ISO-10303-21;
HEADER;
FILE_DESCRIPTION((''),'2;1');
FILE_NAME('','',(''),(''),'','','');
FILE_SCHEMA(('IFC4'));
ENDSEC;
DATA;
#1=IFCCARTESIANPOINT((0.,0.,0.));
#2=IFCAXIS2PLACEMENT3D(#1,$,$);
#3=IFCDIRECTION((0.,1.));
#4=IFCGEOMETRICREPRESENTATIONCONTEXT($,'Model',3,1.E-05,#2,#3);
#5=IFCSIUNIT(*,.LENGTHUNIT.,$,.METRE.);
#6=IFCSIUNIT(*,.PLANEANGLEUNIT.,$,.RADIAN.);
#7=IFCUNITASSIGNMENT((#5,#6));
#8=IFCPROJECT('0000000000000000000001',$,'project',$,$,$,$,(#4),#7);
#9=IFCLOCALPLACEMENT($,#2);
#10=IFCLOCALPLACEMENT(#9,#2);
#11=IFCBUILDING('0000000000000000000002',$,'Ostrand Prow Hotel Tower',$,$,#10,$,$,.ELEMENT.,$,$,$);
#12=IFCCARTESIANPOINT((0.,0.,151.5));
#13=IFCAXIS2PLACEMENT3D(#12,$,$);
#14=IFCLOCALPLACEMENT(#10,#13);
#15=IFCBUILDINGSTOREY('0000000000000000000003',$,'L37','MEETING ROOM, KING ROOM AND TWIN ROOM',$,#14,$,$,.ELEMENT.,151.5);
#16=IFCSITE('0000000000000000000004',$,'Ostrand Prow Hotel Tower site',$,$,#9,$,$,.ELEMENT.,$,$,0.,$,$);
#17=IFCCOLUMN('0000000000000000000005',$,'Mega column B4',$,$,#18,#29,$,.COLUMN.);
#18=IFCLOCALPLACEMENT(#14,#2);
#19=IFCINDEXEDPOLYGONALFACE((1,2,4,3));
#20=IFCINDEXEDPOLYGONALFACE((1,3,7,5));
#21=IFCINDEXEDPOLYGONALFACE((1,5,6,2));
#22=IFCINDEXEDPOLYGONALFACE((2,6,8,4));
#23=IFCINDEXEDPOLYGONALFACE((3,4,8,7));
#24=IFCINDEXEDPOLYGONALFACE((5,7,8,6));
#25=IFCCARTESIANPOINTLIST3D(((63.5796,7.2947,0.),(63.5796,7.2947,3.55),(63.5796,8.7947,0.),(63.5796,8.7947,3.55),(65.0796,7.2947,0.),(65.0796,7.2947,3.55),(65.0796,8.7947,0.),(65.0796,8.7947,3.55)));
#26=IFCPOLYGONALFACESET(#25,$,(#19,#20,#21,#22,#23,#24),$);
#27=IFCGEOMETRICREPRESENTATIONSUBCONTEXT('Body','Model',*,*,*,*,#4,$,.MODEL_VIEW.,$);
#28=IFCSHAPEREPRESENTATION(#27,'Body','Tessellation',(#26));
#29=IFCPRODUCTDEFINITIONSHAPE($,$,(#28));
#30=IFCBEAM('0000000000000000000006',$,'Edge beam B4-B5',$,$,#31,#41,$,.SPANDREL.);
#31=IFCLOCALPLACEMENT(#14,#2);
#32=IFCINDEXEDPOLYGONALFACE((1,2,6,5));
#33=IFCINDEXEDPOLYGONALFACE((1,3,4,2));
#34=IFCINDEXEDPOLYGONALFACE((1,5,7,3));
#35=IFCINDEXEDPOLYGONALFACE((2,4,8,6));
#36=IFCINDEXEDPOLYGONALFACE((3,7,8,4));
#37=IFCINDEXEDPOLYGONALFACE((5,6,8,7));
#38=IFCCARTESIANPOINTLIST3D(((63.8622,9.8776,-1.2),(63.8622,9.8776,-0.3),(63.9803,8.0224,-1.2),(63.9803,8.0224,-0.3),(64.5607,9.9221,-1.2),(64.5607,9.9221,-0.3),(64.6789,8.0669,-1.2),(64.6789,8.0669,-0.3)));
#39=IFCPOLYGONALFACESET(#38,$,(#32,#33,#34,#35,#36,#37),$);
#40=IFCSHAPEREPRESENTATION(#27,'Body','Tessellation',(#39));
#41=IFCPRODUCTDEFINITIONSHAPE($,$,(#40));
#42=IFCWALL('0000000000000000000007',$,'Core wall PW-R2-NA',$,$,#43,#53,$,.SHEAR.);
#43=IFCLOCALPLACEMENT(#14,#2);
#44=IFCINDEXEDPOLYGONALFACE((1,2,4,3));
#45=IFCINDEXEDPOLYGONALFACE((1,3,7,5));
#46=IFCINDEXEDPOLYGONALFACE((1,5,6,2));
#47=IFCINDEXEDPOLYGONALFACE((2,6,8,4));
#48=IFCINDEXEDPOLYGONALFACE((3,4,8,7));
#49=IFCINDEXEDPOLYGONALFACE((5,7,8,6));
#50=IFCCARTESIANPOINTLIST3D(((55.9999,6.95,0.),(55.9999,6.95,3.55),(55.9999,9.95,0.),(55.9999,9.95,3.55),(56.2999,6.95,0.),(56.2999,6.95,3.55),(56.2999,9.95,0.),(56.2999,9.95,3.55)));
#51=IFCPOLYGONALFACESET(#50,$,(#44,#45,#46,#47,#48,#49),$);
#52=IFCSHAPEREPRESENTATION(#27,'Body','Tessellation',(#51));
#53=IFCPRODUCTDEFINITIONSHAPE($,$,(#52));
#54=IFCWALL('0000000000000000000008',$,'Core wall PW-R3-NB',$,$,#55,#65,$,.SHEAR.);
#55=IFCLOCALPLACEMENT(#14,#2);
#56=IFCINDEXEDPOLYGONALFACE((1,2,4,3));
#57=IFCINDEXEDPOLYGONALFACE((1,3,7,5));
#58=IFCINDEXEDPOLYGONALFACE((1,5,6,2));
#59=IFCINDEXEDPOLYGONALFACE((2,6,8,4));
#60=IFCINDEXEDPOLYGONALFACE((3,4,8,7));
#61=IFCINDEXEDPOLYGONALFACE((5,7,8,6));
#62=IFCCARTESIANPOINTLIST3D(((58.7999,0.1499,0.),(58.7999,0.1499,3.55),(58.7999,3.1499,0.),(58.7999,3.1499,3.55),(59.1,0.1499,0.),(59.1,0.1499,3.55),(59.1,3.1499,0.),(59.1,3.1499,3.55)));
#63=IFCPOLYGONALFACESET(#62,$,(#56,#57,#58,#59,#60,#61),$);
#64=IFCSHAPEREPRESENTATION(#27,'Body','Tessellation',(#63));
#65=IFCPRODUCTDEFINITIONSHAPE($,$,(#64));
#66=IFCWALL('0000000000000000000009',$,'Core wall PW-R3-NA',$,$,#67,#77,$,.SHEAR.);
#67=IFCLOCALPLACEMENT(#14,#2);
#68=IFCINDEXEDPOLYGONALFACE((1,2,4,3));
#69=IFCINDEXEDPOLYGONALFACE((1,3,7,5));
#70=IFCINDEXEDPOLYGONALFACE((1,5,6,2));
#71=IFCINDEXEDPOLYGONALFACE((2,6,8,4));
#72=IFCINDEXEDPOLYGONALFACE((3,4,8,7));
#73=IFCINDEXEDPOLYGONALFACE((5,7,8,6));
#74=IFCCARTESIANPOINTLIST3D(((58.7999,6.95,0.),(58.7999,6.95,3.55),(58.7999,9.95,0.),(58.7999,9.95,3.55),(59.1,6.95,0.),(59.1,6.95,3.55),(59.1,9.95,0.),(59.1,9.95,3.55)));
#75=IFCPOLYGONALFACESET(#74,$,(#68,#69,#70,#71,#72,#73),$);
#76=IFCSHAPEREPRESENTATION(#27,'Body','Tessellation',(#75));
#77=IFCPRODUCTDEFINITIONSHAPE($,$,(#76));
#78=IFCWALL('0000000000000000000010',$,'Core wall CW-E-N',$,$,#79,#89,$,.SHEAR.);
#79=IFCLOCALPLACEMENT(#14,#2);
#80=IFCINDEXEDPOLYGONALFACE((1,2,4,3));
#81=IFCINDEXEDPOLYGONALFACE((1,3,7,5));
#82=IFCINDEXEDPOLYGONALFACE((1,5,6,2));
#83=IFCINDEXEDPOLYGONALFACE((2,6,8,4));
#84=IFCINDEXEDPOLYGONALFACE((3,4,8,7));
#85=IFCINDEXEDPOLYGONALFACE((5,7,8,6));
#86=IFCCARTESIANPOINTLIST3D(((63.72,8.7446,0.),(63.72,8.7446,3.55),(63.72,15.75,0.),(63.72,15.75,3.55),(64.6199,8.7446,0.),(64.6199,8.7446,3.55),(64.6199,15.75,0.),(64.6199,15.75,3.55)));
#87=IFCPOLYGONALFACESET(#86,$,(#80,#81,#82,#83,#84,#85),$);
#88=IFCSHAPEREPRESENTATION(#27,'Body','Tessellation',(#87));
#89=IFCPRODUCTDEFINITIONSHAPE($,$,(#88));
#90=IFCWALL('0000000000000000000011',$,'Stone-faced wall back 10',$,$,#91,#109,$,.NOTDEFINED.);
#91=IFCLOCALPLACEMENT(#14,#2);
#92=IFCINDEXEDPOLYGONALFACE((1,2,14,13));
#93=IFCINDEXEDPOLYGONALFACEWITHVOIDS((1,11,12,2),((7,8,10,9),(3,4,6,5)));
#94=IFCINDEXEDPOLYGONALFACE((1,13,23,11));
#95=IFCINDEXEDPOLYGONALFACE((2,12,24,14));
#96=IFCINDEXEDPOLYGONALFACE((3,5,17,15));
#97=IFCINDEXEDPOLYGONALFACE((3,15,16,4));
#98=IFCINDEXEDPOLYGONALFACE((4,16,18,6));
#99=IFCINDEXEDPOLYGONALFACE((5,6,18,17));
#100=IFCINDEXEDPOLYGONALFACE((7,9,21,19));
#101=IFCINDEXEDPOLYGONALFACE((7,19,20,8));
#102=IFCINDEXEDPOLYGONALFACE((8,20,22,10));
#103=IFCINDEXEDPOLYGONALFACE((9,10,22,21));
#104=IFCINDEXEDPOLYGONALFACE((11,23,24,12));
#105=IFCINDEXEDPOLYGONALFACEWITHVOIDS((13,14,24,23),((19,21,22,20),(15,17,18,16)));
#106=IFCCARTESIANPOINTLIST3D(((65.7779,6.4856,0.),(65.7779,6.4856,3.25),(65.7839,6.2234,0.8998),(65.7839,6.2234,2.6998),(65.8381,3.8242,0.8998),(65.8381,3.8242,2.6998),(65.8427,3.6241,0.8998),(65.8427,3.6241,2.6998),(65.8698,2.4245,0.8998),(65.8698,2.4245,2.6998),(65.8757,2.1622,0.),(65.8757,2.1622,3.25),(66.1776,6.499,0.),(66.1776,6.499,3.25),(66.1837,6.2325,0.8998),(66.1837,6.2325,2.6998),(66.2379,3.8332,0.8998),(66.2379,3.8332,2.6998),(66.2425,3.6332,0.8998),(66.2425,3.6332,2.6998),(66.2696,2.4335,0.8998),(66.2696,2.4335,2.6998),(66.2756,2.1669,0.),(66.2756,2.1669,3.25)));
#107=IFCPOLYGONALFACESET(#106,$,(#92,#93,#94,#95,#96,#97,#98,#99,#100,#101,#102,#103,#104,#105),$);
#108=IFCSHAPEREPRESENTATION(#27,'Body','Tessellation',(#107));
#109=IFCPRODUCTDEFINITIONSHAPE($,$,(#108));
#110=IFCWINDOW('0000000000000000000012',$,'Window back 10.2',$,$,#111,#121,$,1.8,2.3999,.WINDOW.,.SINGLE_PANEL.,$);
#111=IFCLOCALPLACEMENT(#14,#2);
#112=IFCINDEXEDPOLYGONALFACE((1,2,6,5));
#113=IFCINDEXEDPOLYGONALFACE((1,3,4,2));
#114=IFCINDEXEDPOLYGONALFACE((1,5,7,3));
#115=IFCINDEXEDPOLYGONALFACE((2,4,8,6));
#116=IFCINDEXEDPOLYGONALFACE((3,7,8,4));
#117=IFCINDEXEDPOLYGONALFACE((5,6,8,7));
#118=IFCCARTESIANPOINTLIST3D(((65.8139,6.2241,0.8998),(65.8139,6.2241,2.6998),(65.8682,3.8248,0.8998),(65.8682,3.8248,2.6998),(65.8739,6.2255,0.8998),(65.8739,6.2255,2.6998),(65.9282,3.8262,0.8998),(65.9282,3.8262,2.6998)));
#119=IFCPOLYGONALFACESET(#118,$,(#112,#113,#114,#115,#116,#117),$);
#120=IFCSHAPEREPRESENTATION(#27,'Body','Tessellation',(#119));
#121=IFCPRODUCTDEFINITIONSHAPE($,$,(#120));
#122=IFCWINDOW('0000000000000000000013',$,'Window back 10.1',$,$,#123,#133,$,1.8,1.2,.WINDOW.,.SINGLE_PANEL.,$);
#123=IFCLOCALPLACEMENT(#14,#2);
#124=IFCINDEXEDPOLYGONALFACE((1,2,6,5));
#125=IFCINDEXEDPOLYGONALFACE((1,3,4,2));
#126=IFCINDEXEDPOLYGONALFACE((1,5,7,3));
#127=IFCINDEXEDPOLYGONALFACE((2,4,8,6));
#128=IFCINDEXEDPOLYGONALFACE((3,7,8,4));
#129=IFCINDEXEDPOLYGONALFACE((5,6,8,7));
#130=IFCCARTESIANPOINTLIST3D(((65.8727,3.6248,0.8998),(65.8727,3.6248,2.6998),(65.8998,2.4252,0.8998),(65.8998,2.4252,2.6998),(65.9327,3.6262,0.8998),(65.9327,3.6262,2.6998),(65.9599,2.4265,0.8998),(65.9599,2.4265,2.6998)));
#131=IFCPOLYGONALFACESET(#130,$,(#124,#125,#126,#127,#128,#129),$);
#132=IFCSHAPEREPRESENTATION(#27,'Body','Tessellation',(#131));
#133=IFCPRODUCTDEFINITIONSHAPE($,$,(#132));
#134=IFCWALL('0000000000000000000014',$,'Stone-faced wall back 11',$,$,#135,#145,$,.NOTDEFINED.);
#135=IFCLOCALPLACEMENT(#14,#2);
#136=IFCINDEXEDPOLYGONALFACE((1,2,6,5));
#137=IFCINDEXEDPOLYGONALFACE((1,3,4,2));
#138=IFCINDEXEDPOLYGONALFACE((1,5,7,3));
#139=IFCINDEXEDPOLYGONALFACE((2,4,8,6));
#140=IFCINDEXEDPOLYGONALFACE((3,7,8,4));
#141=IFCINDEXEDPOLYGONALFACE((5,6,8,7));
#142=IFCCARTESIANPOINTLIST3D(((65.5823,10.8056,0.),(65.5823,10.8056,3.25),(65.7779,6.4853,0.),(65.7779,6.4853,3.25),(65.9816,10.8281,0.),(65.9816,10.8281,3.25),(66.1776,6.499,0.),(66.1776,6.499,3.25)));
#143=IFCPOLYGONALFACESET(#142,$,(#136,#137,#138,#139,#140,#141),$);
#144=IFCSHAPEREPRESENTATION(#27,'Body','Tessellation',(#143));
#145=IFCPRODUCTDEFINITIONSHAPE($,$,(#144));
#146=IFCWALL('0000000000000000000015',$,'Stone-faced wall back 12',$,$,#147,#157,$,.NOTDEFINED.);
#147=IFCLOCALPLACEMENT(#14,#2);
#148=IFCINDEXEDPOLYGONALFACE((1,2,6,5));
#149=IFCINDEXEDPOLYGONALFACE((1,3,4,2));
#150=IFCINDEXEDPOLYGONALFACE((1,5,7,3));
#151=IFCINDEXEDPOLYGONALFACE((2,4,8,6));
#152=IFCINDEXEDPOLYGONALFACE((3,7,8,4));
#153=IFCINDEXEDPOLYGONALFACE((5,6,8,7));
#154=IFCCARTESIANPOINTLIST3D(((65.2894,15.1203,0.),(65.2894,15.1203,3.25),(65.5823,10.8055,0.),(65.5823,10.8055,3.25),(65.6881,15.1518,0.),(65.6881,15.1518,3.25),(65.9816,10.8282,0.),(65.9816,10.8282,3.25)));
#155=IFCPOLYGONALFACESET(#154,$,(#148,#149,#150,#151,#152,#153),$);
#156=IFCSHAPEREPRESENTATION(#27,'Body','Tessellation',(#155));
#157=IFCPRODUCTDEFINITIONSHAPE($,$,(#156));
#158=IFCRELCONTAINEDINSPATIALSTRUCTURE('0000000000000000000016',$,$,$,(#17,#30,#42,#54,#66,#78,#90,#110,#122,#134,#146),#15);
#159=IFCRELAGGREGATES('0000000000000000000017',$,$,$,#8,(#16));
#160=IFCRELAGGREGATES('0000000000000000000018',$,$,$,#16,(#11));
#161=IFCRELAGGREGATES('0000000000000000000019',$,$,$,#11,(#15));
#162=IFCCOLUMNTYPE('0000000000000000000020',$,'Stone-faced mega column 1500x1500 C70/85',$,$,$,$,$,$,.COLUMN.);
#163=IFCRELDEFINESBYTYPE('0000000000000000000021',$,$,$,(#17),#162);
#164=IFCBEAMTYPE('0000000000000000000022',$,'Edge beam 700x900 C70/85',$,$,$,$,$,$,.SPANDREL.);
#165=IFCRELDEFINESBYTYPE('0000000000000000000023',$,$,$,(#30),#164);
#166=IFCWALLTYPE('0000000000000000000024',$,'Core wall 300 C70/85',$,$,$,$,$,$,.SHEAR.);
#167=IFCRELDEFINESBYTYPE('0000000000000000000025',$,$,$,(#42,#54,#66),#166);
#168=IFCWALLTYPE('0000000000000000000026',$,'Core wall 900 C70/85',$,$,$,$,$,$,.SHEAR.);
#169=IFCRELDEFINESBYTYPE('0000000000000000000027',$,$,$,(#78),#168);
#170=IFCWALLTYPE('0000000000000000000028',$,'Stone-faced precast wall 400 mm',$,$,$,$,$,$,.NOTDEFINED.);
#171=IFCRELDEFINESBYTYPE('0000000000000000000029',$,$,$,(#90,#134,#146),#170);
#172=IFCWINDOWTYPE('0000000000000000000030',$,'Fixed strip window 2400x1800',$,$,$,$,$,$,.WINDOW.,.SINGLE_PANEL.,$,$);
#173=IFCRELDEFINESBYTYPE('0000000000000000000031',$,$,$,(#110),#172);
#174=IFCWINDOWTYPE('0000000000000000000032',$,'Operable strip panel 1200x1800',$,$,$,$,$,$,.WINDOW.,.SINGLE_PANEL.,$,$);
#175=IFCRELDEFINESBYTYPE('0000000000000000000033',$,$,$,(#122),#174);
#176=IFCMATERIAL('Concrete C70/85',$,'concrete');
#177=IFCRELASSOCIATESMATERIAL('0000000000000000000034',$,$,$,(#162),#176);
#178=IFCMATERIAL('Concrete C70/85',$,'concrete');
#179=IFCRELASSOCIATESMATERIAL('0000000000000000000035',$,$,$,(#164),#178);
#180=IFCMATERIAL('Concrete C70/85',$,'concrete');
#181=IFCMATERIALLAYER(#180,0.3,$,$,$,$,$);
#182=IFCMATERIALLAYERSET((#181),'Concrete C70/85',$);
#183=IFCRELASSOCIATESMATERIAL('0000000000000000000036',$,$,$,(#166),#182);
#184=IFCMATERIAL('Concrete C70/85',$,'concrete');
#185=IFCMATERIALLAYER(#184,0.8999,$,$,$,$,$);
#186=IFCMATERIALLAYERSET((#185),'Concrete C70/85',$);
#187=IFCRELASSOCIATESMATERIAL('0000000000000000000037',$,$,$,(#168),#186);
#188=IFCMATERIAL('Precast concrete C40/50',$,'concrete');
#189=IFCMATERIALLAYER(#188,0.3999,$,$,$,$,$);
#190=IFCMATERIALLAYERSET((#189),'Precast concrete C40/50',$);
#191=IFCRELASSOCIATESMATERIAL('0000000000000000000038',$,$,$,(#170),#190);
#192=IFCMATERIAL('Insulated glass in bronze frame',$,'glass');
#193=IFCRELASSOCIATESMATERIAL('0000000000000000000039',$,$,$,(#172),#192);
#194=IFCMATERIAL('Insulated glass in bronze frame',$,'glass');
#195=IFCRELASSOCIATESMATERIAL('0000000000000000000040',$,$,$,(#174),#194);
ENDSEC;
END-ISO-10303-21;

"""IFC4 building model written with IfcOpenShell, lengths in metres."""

from ifc_helpers import new_model, si_unit, direction, frame, frame_2d, origin, origin_2d, place, context, subcontext, project, spatial, polyline, rectangle, outline, extrude, material, layer, layer_set, material_profile, profile_set, type_object, element, fill, save


model = new_model("IFC4")

# Units and contexts
model_context = context("Model", 3, precision=1e-05, world=origin(), true_north=direction((0.0, 1.0)))
body_context = subcontext(model_context, "Body", "Model", "MODEL_VIEW")
ifc_project = project(units=[si_unit("LENGTHUNIT", "METRE"), si_unit("PLANEANGLEUNIT", "RADIAN")], contexts=[model_context])

# Site, building, storey
site_placement = place(None, origin())
site = spatial("IfcSite", under=ifc_project, at=site_placement, Name="Ostrand Prow Hotel Tower site", CompositionType="ELEMENT", RefElevation=0.0)
building_placement = place(site_placement, origin())
building = spatial("IfcBuilding", under=site, at=building_placement, Name="Ostrand Prow Hotel Tower", CompositionType="ELEMENT")
storey_placement = place(building_placement, frame((0.0, 0.0, 151.5)))
storey = spatial("IfcBuildingStorey", under=building, at=storey_placement, Name="L37", Description="MEETING ROOM, KING ROOM AND TWIN ROOM", CompositionType="ELEMENT", Elevation=151.5)

# Column
ifc_material_1 = material(Name="Concrete C70/85", Category="concrete")
ifc_material_profile_1 = material_profile(ifc_material_1, rectangle(XDim=1.5, YDim=1.5, at=origin_2d()), Name="RC 1500x1500")
ifc_profile_set_1 = profile_set([ifc_material_profile_1], Name="Concrete C70/85")
column_type = type_object("IfcColumnType", Name="Stone-faced mega column 1500x1500 C70/85", PredefinedType="COLUMN", material=ifc_profile_set_1)
column_placement = place(storey_placement, frame((64.3296, 8.0447, 0.0), z_axis=(0.0, 0.0, 1.0), x_axis=(1.0, 0.0, 0.0)))
element("IfcColumn", 1, at=column_placement, inside=storey, type_object=column_type, Name="Mega column B4", PredefinedType="COLUMN", context=body_context, shape_type="SweptSolid", body=[
    extrude(rectangle(XDim=1.5, YDim=1.5, at=origin_2d()), origin(), (0.0, 0.0, 1.0), 3.55),
])

# Beam
ifc_material_2 = material(Name="Concrete C70/85", Category="concrete")
ifc_material_profile_2 = material_profile(ifc_material_2, rectangle(XDim=0.7, YDim=0.8999, at=origin_2d()), Name="RC 700x900")
ifc_profile_set_2 = profile_set([ifc_material_profile_2], Name="Concrete C70/85")
beam_type = type_object("IfcBeamType", Name="Edge beam 700x900 C70/85", PredefinedType="SPANDREL", material=ifc_profile_set_2)
beam_placement = place(storey_placement, frame((64.3296, 8.0447, -0.75), z_axis=(-0.063564, 0.997978, 0.0), x_axis=(-0.997978, -0.063564, 0.0)))
element("IfcBeam", 2, at=beam_placement, inside=storey, type_object=beam_type, Name="Edge beam B4-B5", PredefinedType="SPANDREL", context=body_context, shape_type="SweptSolid", body=[
    extrude(rectangle(XDim=0.7, YDim=0.8999, at=origin_2d()), origin(), (0.0, 0.0, 1.0), 1.8589),
])

# Walls
ifc_material_3 = material(Name="Concrete C70/85", Category="concrete")
ifc_layer_1 = layer(ifc_material_3, 0.3)
ifc_layer_set_1 = layer_set([ifc_layer_1], Name="Concrete C70/85")
wall_type_1 = type_object("IfcWallType", Name="Core wall 300 C70/85", PredefinedType="SHEAR", material=ifc_layer_set_1)
for number, where, z_axis, x_axis, name in (
    (3, (56.1499, 6.95, 0.0), (0.0, 0.0, 1.0), (0.0, 1.0, 0.0), "Core wall PW-R2-NA"),
    (4, (58.95, 0.1499, 0.0), (0.0, 0.0, 1.0), (0.0, 1.0, 0.0), "Core wall PW-R3-NB"),
    (5, (58.95, 6.95, 0.0), (0.0, 0.0, 1.0), (0.0, 1.0, 0.0), "Core wall PW-R3-NA"),
):
    element("IfcWall", number, at=place(storey_placement, frame(where, z_axis=z_axis, x_axis=x_axis)), inside=storey, type_object=wall_type_1, Name=name, PredefinedType="SHEAR", context=body_context, shape_type="SweptSolid", body=[
        extrude(rectangle(XDim=3.0, YDim=0.3, at=frame_2d((1.5, 0.0))), origin(), (0.0, 0.0, 1.0), 3.55),
    ])
ifc_material_4 = material(Name="Concrete C70/85", Category="concrete")
ifc_layer_2 = layer(ifc_material_4, 0.8999)
ifc_layer_set_2 = layer_set([ifc_layer_2], Name="Concrete C70/85")
wall_type_2 = type_object("IfcWallType", Name="Core wall 900 C70/85", PredefinedType="SHEAR", material=ifc_layer_set_2)
wall_1_placement = place(storey_placement, frame((64.1699, 8.7446, 0.0), z_axis=(0.0, 0.0, 1.0), x_axis=(0.0, 1.0, 0.0)))
element("IfcWall", 6, at=wall_1_placement, inside=storey, type_object=wall_type_2, Name="Core wall CW-E-N", PredefinedType="SHEAR", context=body_context, shape_type="SweptSolid", body=[
    extrude(rectangle(XDim=7.0054, YDim=0.8999, at=frame_2d((3.5027, 0.0))), origin(), (0.0, 0.0, 1.0), 3.55),
])

# Wall, openings, windows
ifc_material_5 = material(Name="Precast concrete C40/50", Category="concrete")
ifc_layer_3 = layer(ifc_material_5, 0.3999)
ifc_layer_set_3 = layer_set([ifc_layer_3], Name="Precast concrete C40/50")
wall_type_3 = type_object("IfcWallType", Name="Stone-faced precast wall 400 mm", PredefinedType="NOTDEFINED", material=ifc_layer_set_3)
wall_2_placement = place(storey_placement, frame((66.0757, 2.1646, 0.0), z_axis=(0.0, 0.0, 1.0), x_axis=(-0.022616, 0.999744, 0.0)))
wall_2 = element("IfcWall", 7, at=wall_2_placement, inside=storey, type_object=wall_type_3, Name="Stone-faced wall back 10", PredefinedType="NOTDEFINED", context=body_context, shape_type="SweptSolid", body=[
    extrude(outline(polyline([(-0.0022, -0.2), (4.3311, -0.2), (4.3267, 0.2), (0.0022, 0.2), (-0.0022, -0.2)])), origin(), (0.0, 0.0, 1.0), 3.25),
])
opening_1_placement = place(wall_2_placement, frame((0.2644, 0.0, 0.8999)))
opening_1 = element("IfcOpeningElement", 8, at=opening_1_placement, cuts=wall_2, PredefinedType="OPENING", context=body_context, shape_type="SweptSolid", body=[
    extrude(rectangle(XDim=1.2, YDim=1.8, at=frame_2d((0.6001, 0.8999))), frame((0.0, 0.21, 0.0), z_axis=(0.0, -1.0, 0.0), x_axis=(1.0, 0.0, 0.0)), (0.0, 0.0, 1.0), 0.4199),
])
opening_2_placement = place(wall_2_placement, frame((1.6646, 0.0, 0.8999)))
opening_2 = element("IfcOpeningElement", 9, at=opening_2_placement, cuts=wall_2, PredefinedType="OPENING", context=body_context, shape_type="SweptSolid", body=[
    extrude(rectangle(XDim=2.3999, YDim=1.8, at=frame_2d((1.2, 0.8999))), frame((0.0, 0.21, 0.0), z_axis=(0.0, -1.0, 0.0), x_axis=(1.0, 0.0, 0.0)), (0.0, 0.0, 1.0), 0.4199),
])
ifc_material_6 = material(Name="Insulated glass in bronze frame", Category="glass")
window_type_1 = type_object("IfcWindowType", Name="Fixed strip window 2400x1800", PartitioningType="SINGLE_PANEL", PredefinedType="WINDOW", material=ifc_material_6)
window_1_placement = place(opening_2_placement, origin())
window_1 = element("IfcWindow", 10, at=window_1_placement, inside=storey, type_object=window_type_1, Name="Window back 10.2", OverallHeight=1.8, OverallWidth=2.3999, PartitioningType="SINGLE_PANEL", PredefinedType="WINDOW", context=body_context, shape_type="SweptSolid", body=[
    extrude(rectangle(XDim=2.3999, YDim=1.8, at=frame_2d((1.2, 0.8999))), frame((0.0, 0.1699, 0.0), z_axis=(0.0, -1.0, 0.0), x_axis=(1.0, 0.0, 0.0)), (0.0, 0.0, 1.0), 0.0601),
])
fill(opening_2, window_1)
ifc_material_7 = material(Name="Insulated glass in bronze frame", Category="glass")
window_type_2 = type_object("IfcWindowType", Name="Operable strip panel 1200x1800", PartitioningType="SINGLE_PANEL", PredefinedType="WINDOW", material=ifc_material_7)
window_2_placement = place(opening_1_placement, origin())
window_2 = element("IfcWindow", 11, at=window_2_placement, inside=storey, type_object=window_type_2, Name="Window back 10.1", OverallHeight=1.8, OverallWidth=1.2, PartitioningType="SINGLE_PANEL", PredefinedType="WINDOW", context=body_context, shape_type="SweptSolid", body=[
    extrude(rectangle(XDim=1.2, YDim=1.8, at=frame_2d((0.6001, 0.8999))), frame((0.0, 0.1699, 0.0), z_axis=(0.0, -1.0, 0.0), x_axis=(1.0, 0.0, 0.0)), (0.0, 0.0, 1.0), 0.0601),
])
fill(opening_1, window_2)

# Walls
for number, where, z_axis, x_axis, name in (
    (12, (65.9778, 6.4922, 0.0), (0.0, 0.0, 1.0), (-0.045229, 0.998977, 0.0), "Stone-faced wall back 11"),
    (13, (65.782, 10.8169, 0.0), (0.0, 0.0, 1.0), (-0.067732, 0.997704, 0.0), "Stone-faced wall back 12"),
):
    element("IfcWall", number, at=place(storey_placement, frame(where, z_axis=z_axis, x_axis=x_axis)), inside=storey, type_object=wall_type_3, Name=name, PredefinedType="NOTDEFINED", context=body_context, shape_type="SweptSolid", body=[
        extrude(outline(polyline([(-0.0022, -0.2), (4.3313, -0.2), (4.3269, 0.2), (0.0022, 0.2), (-0.0022, -0.2)])), origin(), (0.0, 0.0, 1.0), 3.25),
    ])

save(model, "model.ifc")
